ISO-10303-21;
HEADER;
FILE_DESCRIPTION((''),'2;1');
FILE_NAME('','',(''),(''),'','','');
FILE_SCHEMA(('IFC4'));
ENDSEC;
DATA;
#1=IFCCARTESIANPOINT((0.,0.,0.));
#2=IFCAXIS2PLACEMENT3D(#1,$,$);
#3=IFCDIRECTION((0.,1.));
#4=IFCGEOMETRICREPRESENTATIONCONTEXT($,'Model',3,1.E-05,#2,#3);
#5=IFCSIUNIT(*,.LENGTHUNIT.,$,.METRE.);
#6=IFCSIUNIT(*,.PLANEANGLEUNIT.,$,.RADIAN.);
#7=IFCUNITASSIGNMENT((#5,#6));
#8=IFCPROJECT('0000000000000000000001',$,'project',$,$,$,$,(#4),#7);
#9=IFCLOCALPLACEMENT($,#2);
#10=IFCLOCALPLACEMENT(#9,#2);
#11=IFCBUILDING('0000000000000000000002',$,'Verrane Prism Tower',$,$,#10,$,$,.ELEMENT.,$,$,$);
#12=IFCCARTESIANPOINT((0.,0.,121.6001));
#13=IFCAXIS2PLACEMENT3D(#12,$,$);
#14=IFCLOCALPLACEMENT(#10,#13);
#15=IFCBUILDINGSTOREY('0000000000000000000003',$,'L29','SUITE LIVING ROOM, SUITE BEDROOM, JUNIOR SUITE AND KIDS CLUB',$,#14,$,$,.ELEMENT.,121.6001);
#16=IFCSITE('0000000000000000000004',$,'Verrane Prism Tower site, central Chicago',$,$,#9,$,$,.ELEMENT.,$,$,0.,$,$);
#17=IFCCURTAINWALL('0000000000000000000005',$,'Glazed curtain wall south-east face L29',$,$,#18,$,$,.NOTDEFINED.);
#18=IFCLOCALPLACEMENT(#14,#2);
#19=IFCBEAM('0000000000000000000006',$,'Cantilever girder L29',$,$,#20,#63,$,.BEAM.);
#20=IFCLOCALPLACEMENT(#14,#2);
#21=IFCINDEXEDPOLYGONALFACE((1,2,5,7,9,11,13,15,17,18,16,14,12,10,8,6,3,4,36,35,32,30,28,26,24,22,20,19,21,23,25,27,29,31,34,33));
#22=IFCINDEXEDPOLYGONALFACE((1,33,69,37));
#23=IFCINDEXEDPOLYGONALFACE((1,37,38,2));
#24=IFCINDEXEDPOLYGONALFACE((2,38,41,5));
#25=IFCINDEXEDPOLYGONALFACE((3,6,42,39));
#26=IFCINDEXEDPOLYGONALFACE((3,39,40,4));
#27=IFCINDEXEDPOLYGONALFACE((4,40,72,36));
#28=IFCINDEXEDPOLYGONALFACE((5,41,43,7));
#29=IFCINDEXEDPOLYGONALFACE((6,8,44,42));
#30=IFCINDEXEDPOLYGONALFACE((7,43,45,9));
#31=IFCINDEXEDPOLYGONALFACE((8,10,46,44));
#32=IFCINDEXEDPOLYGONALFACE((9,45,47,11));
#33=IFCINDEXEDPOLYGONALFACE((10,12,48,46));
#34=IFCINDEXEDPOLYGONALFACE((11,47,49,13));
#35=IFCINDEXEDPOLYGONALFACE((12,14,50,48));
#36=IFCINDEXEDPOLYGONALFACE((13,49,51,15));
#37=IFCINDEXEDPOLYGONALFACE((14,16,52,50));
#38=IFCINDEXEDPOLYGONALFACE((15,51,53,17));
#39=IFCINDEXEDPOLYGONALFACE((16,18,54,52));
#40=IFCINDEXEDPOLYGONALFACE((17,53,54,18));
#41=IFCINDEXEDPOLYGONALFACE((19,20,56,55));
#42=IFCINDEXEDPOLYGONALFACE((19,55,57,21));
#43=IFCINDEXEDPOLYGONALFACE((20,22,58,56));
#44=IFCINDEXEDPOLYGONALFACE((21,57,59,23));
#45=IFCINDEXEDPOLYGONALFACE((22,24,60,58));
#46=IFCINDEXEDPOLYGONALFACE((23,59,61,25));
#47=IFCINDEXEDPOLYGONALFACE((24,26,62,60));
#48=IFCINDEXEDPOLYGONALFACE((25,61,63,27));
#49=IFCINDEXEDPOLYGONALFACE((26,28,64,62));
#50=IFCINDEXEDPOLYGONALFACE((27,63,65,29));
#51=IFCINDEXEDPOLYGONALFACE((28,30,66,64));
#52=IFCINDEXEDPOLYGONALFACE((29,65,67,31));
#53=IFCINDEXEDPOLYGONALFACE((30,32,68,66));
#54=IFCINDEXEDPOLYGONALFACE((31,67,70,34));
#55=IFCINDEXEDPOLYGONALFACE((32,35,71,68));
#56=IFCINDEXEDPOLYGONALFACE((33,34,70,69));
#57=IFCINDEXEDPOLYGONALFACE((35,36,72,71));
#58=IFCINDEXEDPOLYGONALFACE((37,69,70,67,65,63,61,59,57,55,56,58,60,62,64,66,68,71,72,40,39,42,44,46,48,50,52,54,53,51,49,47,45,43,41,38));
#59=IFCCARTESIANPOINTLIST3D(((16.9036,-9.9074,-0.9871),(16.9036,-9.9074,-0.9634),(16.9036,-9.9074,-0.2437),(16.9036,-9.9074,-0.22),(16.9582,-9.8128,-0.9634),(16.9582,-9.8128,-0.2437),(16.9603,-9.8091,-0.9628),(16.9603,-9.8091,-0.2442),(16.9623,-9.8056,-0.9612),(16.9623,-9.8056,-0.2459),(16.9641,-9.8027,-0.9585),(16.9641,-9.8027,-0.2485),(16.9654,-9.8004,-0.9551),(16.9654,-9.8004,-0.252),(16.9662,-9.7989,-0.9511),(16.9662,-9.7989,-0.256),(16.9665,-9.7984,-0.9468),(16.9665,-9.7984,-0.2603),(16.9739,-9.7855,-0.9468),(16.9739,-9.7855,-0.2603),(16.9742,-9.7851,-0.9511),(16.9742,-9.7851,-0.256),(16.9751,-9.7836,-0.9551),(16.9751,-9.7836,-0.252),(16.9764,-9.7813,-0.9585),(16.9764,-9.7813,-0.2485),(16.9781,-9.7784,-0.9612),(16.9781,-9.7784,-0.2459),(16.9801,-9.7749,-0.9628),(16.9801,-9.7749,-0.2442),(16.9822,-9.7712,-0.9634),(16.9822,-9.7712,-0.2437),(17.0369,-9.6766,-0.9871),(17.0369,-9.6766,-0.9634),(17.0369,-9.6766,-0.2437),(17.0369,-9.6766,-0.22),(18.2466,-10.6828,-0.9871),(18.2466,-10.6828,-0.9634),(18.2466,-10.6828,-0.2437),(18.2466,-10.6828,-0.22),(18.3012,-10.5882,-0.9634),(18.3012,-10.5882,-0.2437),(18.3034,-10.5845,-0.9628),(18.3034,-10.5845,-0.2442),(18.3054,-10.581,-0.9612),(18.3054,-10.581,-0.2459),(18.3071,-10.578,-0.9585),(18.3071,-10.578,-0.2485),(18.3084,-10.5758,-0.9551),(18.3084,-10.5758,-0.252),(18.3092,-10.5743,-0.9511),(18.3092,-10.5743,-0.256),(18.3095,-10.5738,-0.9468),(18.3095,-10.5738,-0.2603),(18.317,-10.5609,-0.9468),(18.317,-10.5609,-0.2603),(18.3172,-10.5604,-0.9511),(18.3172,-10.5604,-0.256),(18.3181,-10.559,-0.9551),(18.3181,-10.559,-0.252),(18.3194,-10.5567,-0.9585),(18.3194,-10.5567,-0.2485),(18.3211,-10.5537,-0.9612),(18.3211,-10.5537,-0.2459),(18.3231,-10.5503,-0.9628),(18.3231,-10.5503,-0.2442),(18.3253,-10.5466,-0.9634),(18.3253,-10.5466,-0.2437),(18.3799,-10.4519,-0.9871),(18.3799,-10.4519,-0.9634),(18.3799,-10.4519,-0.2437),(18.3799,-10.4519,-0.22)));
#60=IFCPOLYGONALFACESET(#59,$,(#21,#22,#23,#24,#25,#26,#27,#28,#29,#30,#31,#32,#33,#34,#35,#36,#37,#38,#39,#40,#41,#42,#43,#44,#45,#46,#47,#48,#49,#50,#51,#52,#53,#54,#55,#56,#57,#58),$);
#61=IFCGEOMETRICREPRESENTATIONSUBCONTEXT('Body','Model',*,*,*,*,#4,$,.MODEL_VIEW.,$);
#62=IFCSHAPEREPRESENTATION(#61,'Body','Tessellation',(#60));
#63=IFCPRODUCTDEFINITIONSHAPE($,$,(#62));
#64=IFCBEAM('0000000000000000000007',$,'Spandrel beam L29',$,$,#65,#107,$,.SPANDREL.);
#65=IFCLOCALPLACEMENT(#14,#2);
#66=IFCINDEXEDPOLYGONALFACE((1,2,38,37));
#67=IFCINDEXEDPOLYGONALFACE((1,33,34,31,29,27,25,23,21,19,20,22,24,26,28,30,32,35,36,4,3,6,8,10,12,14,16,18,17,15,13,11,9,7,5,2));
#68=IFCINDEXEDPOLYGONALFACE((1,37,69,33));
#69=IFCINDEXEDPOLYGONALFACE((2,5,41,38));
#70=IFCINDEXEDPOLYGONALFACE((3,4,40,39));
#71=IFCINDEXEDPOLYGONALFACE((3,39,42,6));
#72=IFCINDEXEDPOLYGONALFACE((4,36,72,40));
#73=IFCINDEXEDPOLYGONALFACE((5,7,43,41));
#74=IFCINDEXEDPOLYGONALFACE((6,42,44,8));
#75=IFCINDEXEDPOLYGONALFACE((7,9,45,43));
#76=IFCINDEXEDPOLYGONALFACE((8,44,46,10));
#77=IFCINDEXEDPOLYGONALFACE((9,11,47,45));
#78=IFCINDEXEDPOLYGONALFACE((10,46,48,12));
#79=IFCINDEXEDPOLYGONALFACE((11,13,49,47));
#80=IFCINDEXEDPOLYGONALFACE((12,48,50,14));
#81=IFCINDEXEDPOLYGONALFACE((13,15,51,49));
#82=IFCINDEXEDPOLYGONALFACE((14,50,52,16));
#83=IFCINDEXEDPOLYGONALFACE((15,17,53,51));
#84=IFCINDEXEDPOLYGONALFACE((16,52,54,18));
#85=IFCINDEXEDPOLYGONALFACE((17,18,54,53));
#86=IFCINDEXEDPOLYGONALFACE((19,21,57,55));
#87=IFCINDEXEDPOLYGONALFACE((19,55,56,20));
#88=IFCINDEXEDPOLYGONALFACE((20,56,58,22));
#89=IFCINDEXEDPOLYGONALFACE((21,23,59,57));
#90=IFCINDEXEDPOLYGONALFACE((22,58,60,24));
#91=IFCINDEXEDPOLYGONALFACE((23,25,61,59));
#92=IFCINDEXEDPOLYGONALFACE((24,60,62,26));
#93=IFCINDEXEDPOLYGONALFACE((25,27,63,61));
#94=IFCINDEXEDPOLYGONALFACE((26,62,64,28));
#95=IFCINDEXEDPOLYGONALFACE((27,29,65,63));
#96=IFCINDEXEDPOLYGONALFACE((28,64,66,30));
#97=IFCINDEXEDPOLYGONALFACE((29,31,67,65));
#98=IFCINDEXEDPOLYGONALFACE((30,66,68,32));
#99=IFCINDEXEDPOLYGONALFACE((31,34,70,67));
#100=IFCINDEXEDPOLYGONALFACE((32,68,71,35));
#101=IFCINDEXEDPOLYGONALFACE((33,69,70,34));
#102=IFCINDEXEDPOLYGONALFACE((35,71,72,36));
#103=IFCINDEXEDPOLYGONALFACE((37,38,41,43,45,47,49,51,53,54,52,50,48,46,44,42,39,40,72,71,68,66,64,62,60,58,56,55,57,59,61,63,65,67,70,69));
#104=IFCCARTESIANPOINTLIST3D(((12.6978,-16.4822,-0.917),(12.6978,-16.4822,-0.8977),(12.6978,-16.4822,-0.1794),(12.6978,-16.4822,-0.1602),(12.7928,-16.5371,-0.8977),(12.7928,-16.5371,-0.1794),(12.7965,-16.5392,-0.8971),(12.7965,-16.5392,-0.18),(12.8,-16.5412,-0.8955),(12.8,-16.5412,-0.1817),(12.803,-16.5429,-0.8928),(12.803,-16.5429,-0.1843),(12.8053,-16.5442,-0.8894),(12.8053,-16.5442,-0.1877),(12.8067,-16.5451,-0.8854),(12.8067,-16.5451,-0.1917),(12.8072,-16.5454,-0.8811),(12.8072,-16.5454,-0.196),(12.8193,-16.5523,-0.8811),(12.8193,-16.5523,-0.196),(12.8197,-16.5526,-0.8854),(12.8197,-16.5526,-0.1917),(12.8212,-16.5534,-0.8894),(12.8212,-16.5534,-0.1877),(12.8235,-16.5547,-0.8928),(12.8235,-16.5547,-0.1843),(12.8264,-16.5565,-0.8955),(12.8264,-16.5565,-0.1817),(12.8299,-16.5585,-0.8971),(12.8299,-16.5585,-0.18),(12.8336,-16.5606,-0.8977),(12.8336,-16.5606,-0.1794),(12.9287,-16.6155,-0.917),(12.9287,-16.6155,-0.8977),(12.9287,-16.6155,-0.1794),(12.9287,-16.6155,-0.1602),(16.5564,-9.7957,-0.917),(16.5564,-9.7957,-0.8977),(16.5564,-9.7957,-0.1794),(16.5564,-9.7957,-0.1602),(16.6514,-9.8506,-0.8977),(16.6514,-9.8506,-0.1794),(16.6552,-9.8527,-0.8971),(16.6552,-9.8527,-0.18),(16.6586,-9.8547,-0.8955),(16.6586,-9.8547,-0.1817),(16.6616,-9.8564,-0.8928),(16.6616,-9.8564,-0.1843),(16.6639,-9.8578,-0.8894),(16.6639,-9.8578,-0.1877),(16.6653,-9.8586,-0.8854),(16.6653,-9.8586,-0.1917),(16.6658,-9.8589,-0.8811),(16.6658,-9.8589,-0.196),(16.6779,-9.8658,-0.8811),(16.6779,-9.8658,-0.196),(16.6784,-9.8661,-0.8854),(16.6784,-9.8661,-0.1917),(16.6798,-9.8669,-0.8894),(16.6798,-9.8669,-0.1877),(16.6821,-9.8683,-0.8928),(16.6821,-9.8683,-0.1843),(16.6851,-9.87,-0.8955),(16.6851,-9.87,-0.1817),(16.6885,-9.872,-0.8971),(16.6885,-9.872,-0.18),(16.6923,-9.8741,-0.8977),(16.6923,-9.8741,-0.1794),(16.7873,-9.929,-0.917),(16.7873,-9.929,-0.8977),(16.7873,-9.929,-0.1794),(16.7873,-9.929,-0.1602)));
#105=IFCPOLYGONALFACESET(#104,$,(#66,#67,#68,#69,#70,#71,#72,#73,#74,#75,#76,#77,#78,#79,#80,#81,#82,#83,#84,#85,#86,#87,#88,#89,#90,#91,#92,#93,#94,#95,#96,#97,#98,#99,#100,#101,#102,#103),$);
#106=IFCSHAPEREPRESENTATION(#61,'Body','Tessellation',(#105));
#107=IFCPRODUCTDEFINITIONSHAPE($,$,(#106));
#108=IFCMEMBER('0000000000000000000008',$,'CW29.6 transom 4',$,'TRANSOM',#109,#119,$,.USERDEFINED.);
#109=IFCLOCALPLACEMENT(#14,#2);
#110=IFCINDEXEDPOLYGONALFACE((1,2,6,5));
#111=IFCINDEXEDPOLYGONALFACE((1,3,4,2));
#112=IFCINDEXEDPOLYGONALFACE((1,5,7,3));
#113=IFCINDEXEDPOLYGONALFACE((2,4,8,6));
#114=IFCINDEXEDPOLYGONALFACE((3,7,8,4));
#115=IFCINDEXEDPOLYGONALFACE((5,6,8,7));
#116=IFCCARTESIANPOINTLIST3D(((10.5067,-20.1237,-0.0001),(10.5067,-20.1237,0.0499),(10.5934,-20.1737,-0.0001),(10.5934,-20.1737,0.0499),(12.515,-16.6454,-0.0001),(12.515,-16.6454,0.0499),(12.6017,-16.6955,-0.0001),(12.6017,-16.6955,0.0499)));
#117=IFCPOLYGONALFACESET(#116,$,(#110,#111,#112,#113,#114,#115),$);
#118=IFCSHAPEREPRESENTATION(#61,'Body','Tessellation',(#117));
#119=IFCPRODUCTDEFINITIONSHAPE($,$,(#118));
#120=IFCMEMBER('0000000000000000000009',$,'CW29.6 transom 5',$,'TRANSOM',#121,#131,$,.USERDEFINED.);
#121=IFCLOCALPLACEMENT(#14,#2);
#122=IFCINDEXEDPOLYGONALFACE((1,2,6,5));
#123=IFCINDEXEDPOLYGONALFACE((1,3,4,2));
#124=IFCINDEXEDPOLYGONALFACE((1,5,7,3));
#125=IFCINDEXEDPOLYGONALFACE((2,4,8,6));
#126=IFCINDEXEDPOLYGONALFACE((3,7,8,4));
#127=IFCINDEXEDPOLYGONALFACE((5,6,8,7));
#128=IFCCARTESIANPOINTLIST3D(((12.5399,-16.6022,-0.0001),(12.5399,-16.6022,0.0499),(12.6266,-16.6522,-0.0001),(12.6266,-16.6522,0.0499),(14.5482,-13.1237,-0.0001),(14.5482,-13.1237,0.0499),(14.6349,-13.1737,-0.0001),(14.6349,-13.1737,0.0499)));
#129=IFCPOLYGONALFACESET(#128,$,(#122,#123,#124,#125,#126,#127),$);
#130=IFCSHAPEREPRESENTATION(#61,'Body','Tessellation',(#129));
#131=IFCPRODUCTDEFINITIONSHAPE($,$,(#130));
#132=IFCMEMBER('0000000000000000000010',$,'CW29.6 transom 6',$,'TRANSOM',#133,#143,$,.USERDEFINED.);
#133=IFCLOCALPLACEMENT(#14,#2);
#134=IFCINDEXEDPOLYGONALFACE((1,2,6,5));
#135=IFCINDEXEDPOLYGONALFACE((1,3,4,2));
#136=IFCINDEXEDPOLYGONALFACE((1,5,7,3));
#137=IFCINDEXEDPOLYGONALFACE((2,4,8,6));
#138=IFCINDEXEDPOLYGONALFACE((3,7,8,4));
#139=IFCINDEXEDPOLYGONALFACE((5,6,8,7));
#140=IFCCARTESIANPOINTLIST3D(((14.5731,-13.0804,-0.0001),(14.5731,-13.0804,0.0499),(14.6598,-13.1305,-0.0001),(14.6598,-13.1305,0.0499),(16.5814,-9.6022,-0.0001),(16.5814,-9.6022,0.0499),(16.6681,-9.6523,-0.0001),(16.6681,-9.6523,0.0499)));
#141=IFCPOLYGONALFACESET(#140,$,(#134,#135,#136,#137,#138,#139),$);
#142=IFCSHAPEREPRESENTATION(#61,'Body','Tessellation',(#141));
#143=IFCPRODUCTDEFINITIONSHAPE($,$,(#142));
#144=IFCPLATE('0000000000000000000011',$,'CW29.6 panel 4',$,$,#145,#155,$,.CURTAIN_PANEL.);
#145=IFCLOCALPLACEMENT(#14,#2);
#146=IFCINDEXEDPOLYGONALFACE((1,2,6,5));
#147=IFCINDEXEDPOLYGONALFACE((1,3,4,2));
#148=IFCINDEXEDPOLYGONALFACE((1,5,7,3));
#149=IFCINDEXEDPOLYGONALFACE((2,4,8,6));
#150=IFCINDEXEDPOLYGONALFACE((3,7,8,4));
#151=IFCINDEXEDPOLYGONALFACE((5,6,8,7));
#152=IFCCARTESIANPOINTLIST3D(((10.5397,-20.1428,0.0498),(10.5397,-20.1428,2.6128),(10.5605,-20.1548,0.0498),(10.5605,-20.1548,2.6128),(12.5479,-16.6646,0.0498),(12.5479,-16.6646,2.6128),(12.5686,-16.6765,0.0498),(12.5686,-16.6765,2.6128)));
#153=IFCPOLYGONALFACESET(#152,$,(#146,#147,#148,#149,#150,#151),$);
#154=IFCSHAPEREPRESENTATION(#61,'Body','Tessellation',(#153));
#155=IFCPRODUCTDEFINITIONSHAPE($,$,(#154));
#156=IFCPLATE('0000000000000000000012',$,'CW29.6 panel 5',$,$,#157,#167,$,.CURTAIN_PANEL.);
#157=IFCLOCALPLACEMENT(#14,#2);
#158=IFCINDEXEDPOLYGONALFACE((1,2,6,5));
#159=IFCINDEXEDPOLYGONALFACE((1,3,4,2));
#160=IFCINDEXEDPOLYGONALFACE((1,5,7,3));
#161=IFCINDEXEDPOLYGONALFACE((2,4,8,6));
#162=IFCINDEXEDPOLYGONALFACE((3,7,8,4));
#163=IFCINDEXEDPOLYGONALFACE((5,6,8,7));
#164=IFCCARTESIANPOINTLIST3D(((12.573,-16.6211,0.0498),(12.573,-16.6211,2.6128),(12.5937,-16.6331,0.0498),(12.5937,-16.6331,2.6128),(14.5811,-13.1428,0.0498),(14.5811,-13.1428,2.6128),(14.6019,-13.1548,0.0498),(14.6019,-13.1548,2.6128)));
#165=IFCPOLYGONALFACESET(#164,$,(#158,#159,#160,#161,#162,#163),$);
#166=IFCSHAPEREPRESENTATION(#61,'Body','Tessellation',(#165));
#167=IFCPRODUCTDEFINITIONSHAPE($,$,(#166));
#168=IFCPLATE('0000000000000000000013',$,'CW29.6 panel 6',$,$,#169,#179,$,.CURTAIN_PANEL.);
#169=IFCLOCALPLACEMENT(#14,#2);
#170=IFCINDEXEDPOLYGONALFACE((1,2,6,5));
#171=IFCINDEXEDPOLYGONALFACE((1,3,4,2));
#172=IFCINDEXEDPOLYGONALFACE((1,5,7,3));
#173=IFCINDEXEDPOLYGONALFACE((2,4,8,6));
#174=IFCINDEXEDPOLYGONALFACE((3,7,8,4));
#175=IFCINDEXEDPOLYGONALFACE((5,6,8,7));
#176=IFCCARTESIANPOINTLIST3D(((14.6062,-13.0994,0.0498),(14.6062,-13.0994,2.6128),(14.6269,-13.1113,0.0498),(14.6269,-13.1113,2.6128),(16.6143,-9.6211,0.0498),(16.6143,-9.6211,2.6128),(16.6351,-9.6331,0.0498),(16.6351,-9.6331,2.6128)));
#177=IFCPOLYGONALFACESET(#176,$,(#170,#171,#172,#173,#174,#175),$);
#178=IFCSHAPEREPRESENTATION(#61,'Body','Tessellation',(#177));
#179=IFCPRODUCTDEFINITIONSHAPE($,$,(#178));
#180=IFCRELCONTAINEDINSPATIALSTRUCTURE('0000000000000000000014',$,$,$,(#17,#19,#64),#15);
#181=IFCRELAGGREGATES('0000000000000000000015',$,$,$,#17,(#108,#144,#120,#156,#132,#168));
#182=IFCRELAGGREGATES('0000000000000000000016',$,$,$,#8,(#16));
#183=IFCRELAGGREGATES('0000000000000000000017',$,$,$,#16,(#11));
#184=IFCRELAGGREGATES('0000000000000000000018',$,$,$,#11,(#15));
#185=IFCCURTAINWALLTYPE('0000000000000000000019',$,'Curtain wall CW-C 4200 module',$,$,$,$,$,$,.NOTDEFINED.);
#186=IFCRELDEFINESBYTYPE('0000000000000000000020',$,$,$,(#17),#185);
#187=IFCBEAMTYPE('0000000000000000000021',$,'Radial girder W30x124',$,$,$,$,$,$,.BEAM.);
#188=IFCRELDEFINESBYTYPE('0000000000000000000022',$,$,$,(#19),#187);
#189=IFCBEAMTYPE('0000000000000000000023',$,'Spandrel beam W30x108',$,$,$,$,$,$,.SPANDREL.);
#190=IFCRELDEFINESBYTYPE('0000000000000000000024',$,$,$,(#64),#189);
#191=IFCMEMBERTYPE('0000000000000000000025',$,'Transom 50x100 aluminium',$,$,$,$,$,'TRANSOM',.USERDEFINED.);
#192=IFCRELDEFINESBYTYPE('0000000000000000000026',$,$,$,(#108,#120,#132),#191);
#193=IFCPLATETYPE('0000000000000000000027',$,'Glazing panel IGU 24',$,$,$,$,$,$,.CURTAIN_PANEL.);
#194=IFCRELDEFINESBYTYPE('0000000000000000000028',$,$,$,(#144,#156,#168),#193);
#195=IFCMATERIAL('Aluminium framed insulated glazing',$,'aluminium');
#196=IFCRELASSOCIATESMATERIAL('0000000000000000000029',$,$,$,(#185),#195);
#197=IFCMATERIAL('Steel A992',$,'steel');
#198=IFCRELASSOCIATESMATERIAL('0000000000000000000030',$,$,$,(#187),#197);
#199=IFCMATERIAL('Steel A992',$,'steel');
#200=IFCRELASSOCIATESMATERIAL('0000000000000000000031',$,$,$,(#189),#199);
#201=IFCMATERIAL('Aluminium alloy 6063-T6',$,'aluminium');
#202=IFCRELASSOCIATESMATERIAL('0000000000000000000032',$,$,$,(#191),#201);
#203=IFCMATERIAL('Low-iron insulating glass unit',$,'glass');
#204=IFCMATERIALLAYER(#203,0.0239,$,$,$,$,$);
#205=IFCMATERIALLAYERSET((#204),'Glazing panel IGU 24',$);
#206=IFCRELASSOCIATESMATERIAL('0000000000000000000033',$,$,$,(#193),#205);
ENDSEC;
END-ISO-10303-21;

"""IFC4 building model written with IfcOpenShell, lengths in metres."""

from ifc_helpers import new_model, si_unit, direction, frame, origin, origin_2d, place, context, subcontext, project, spatial, rectangle, i_section, extrude, material, layer, layer_set, material_profile, profile_set, type_object, element, aggregate, save


model = new_model("IFC4")

# Units and contexts
model_context = context("Model", 3, precision=1e-05, world=origin(), true_north=direction((0.0, 1.0)))
body_context = subcontext(model_context, "Body", "Model", "MODEL_VIEW")
ifc_project = project(units=[si_unit("LENGTHUNIT", "METRE"), si_unit("PLANEANGLEUNIT", "RADIAN")], contexts=[model_context])

# Site, building, storey
site_placement = place(None, origin())
site = spatial("IfcSite", under=ifc_project, at=site_placement, Name="Verrane Prism Tower site, central Chicago", CompositionType="ELEMENT", RefElevation=0.0)
building_placement = place(site_placement, origin())
building = spatial("IfcBuilding", under=site, at=building_placement, Name="Verrane Prism Tower", CompositionType="ELEMENT")
storey_placement = place(building_placement, frame((0.0, 0.0, 121.6001)))
storey = spatial("IfcBuildingStorey", under=building, at=storey_placement, Name="L29", Description="SUITE LIVING ROOM, SUITE BEDROOM, JUNIOR SUITE AND KIDS CLUB", CompositionType="ELEMENT", Elevation=121.6001)

# Curtain wall
ifc_material_1 = material(Name="Aluminium framed insulated glazing", Category="aluminium")
curtain_wall_type = type_object("IfcCurtainWallType", Name="Curtain wall CW-C 4200 module", PredefinedType="NOTDEFINED", material=ifc_material_1)
curtain_wall_placement = place(storey_placement, origin())
curtain_wall = element("IfcCurtainWall", 1, at=curtain_wall_placement, inside=storey, type_object=curtain_wall_type, Name="Glazed curtain wall south-east face L29", PredefinedType="NOTDEFINED")

# Beams
ifc_material_2 = material(Name="Steel A992", Category="steel")
ifc_material_profile_1 = material_profile(ifc_material_2, i_section(OverallWidth=0.2666, OverallDepth=0.7671, WebThickness=0.0149, FlangeThickness=0.0237, FilletRadius=0.0166, at=origin_2d()), Name="W30x124")
ifc_profile_set_1 = profile_set([ifc_material_profile_1], Name="Steel A992")
beam_type_1 = type_object("IfcBeamType", Name="Radial girder W30x124", PredefinedType="BEAM", material=ifc_profile_set_1)
beam_1_placement = place(storey_placement, frame((16.9702, -9.792, -0.6035), z_axis=(0.866026, -0.5, 0.0), x_axis=(0.5, 0.866026, 0.0)))
element("IfcBeam", 2, at=beam_1_placement, inside=storey, type_object=beam_type_1, Name="Cantilever girder L29", PredefinedType="BEAM", context=body_context, shape_type="SweptSolid", body=[
    extrude(i_section(OverallWidth=0.2666, OverallDepth=0.7671, WebThickness=0.0149, FlangeThickness=0.0237, FilletRadius=0.0166, at=origin_2d()), origin(), (0.0, 0.0, 1.0), 1.5508),
])
ifc_material_3 = material(Name="Steel A992", Category="steel")
ifc_material_profile_2 = material_profile(ifc_material_3, i_section(OverallWidth=0.2666, OverallDepth=0.7568, WebThickness=0.0139, FlangeThickness=0.0193, FilletRadius=0.0166, at=origin_2d()), Name="W30x108")
ifc_profile_set_2 = profile_set([ifc_material_profile_2], Name="Steel A992")
beam_type_2 = type_object("IfcBeamType", Name="Spandrel beam W30x108", PredefinedType="SPANDREL", material=ifc_profile_set_2)
beam_2_placement = place(storey_placement, frame((12.8132, -16.5488, -0.5386), z_axis=(0.499823, 0.866128, 0.0), x_axis=(-0.866128, 0.499823, 0.0)))
element("IfcBeam", 3, at=beam_2_placement, inside=storey, type_object=beam_type_2, Name="Spandrel beam L29", PredefinedType="SPANDREL", context=body_context, shape_type="SweptSolid", body=[
    extrude(i_section(OverallWidth=0.2666, OverallDepth=0.7568, WebThickness=0.0139, FlangeThickness=0.0193, FilletRadius=0.0166, at=origin_2d()), origin(), (0.0, 0.0, 1.0), 7.72),
])

# Members
ifc_material_4 = material(Name="Aluminium alloy 6063-T6", Category="aluminium")
ifc_material_profile_3 = material_profile(ifc_material_4, rectangle(XDim=0.1001, YDim=0.05, at=origin_2d()), Name="Transom 50x100 aluminium")
ifc_profile_set_3 = profile_set([ifc_material_profile_3], Name="Aluminium alloy 6063-T6")
member_type_1 = type_object("IfcMemberType", Name="Transom 50x100 aluminium", ElementType="TRANSOM", PredefinedType="USERDEFINED", material=ifc_profile_set_3)
member_1_placement = place(storey_placement, frame((10.55, -20.1487, 0.0249), z_axis=(0.500022, 0.866012, 0.0), x_axis=(-0.866012, 0.500022, 0.0)))
member_1 = element("IfcMember", 4, at=member_1_placement, type_object=member_type_1, Name="CW29.6 transom 4", ObjectType="TRANSOM", PredefinedType="USERDEFINED", context=body_context, shape_type="SweptSolid", body=[
    extrude(rectangle(XDim=0.1001, YDim=0.05, at=origin_2d()), origin(), (0.0, 0.0, 1.0), 4.0164),
])
member_2_placement = place(storey_placement, frame((12.5833, -16.6272, 0.0249), z_axis=(0.499996, 0.866028, 0.0), x_axis=(-0.866028, 0.499996, 0.0)))
member_2 = element("IfcMember", 5, at=member_2_placement, type_object=member_type_1, Name="CW29.6 transom 5", ObjectType="TRANSOM", PredefinedType="USERDEFINED", context=body_context, shape_type="SweptSolid", body=[
    extrude(rectangle(XDim=0.1001, YDim=0.05, at=origin_2d()), origin(), (0.0, 0.0, 1.0), 4.0166),
])
member_3_placement = place(storey_placement, frame((14.6165, -13.1055, 0.0249), z_axis=(0.500022, 0.866012, 0.0), x_axis=(-0.866012, 0.500022, 0.0)))
member_3 = element("IfcMember", 6, at=member_3_placement, type_object=member_type_1, Name="CW29.6 transom 6", ObjectType="TRANSOM", PredefinedType="USERDEFINED", context=body_context, shape_type="SweptSolid", body=[
    extrude(rectangle(XDim=0.1001, YDim=0.05, at=origin_2d()), origin(), (0.0, 0.0, 1.0), 4.0164),
])

# Plates
ifc_material_5 = material(Name="Low-iron insulating glass unit", Category="glass")
ifc_layer_1 = layer(ifc_material_5, 0.0239)
ifc_layer_set_1 = layer_set([ifc_layer_1], Name="Glazing panel IGU 24")
plate_type = type_object("IfcPlateType", Name="Glazing panel IGU 24", PredefinedType="CURTAIN_PANEL", material=ifc_layer_set_1)
plate_1_placement = place(storey_placement, frame((11.5542, -18.4097, 0.0498), z_axis=(0.0, 0.0, 1.0), x_axis=(0.5, 0.866025, 0.0)))
plate_1 = element("IfcPlate", 7, at=plate_1_placement, type_object=plate_type, Name="CW29.6 panel 4", PredefinedType="CURTAIN_PANEL", context=body_context, shape_type="SweptSolid", body=[
    extrude(rectangle(XDim=4.0164, YDim=0.0239, at=origin_2d()), origin(), (0.0, 0.0, 1.0), 2.563),
])
plate_2_placement = place(storey_placement, frame((13.5874, -14.8879, 0.0498), z_axis=(0.0, 0.0, 1.0), x_axis=(0.5, 0.866025, 0.0)))
plate_2 = element("IfcPlate", 8, at=plate_2_placement, type_object=plate_type, Name="CW29.6 panel 5", PredefinedType="CURTAIN_PANEL", context=body_context, shape_type="SweptSolid", body=[
    extrude(rectangle(XDim=4.0164, YDim=0.0239, at=origin_2d()), origin(), (0.0, 0.0, 1.0), 2.563),
])
plate_3_placement = place(storey_placement, frame((15.6206, -11.3662, 0.0498), z_axis=(0.0, 0.0, 1.0), x_axis=(0.5, 0.866025, 0.0)))
plate_3 = element("IfcPlate", 9, at=plate_3_placement, type_object=plate_type, Name="CW29.6 panel 6", PredefinedType="CURTAIN_PANEL", context=body_context, shape_type="SweptSolid", body=[
    extrude(rectangle(XDim=4.0164, YDim=0.0239, at=origin_2d()), origin(), (0.0, 0.0, 1.0), 2.563),
])
aggregate(curtain_wall, [member_1, plate_1, member_2, plate_2, member_3, plate_3])

save(model, "model.ifc")
